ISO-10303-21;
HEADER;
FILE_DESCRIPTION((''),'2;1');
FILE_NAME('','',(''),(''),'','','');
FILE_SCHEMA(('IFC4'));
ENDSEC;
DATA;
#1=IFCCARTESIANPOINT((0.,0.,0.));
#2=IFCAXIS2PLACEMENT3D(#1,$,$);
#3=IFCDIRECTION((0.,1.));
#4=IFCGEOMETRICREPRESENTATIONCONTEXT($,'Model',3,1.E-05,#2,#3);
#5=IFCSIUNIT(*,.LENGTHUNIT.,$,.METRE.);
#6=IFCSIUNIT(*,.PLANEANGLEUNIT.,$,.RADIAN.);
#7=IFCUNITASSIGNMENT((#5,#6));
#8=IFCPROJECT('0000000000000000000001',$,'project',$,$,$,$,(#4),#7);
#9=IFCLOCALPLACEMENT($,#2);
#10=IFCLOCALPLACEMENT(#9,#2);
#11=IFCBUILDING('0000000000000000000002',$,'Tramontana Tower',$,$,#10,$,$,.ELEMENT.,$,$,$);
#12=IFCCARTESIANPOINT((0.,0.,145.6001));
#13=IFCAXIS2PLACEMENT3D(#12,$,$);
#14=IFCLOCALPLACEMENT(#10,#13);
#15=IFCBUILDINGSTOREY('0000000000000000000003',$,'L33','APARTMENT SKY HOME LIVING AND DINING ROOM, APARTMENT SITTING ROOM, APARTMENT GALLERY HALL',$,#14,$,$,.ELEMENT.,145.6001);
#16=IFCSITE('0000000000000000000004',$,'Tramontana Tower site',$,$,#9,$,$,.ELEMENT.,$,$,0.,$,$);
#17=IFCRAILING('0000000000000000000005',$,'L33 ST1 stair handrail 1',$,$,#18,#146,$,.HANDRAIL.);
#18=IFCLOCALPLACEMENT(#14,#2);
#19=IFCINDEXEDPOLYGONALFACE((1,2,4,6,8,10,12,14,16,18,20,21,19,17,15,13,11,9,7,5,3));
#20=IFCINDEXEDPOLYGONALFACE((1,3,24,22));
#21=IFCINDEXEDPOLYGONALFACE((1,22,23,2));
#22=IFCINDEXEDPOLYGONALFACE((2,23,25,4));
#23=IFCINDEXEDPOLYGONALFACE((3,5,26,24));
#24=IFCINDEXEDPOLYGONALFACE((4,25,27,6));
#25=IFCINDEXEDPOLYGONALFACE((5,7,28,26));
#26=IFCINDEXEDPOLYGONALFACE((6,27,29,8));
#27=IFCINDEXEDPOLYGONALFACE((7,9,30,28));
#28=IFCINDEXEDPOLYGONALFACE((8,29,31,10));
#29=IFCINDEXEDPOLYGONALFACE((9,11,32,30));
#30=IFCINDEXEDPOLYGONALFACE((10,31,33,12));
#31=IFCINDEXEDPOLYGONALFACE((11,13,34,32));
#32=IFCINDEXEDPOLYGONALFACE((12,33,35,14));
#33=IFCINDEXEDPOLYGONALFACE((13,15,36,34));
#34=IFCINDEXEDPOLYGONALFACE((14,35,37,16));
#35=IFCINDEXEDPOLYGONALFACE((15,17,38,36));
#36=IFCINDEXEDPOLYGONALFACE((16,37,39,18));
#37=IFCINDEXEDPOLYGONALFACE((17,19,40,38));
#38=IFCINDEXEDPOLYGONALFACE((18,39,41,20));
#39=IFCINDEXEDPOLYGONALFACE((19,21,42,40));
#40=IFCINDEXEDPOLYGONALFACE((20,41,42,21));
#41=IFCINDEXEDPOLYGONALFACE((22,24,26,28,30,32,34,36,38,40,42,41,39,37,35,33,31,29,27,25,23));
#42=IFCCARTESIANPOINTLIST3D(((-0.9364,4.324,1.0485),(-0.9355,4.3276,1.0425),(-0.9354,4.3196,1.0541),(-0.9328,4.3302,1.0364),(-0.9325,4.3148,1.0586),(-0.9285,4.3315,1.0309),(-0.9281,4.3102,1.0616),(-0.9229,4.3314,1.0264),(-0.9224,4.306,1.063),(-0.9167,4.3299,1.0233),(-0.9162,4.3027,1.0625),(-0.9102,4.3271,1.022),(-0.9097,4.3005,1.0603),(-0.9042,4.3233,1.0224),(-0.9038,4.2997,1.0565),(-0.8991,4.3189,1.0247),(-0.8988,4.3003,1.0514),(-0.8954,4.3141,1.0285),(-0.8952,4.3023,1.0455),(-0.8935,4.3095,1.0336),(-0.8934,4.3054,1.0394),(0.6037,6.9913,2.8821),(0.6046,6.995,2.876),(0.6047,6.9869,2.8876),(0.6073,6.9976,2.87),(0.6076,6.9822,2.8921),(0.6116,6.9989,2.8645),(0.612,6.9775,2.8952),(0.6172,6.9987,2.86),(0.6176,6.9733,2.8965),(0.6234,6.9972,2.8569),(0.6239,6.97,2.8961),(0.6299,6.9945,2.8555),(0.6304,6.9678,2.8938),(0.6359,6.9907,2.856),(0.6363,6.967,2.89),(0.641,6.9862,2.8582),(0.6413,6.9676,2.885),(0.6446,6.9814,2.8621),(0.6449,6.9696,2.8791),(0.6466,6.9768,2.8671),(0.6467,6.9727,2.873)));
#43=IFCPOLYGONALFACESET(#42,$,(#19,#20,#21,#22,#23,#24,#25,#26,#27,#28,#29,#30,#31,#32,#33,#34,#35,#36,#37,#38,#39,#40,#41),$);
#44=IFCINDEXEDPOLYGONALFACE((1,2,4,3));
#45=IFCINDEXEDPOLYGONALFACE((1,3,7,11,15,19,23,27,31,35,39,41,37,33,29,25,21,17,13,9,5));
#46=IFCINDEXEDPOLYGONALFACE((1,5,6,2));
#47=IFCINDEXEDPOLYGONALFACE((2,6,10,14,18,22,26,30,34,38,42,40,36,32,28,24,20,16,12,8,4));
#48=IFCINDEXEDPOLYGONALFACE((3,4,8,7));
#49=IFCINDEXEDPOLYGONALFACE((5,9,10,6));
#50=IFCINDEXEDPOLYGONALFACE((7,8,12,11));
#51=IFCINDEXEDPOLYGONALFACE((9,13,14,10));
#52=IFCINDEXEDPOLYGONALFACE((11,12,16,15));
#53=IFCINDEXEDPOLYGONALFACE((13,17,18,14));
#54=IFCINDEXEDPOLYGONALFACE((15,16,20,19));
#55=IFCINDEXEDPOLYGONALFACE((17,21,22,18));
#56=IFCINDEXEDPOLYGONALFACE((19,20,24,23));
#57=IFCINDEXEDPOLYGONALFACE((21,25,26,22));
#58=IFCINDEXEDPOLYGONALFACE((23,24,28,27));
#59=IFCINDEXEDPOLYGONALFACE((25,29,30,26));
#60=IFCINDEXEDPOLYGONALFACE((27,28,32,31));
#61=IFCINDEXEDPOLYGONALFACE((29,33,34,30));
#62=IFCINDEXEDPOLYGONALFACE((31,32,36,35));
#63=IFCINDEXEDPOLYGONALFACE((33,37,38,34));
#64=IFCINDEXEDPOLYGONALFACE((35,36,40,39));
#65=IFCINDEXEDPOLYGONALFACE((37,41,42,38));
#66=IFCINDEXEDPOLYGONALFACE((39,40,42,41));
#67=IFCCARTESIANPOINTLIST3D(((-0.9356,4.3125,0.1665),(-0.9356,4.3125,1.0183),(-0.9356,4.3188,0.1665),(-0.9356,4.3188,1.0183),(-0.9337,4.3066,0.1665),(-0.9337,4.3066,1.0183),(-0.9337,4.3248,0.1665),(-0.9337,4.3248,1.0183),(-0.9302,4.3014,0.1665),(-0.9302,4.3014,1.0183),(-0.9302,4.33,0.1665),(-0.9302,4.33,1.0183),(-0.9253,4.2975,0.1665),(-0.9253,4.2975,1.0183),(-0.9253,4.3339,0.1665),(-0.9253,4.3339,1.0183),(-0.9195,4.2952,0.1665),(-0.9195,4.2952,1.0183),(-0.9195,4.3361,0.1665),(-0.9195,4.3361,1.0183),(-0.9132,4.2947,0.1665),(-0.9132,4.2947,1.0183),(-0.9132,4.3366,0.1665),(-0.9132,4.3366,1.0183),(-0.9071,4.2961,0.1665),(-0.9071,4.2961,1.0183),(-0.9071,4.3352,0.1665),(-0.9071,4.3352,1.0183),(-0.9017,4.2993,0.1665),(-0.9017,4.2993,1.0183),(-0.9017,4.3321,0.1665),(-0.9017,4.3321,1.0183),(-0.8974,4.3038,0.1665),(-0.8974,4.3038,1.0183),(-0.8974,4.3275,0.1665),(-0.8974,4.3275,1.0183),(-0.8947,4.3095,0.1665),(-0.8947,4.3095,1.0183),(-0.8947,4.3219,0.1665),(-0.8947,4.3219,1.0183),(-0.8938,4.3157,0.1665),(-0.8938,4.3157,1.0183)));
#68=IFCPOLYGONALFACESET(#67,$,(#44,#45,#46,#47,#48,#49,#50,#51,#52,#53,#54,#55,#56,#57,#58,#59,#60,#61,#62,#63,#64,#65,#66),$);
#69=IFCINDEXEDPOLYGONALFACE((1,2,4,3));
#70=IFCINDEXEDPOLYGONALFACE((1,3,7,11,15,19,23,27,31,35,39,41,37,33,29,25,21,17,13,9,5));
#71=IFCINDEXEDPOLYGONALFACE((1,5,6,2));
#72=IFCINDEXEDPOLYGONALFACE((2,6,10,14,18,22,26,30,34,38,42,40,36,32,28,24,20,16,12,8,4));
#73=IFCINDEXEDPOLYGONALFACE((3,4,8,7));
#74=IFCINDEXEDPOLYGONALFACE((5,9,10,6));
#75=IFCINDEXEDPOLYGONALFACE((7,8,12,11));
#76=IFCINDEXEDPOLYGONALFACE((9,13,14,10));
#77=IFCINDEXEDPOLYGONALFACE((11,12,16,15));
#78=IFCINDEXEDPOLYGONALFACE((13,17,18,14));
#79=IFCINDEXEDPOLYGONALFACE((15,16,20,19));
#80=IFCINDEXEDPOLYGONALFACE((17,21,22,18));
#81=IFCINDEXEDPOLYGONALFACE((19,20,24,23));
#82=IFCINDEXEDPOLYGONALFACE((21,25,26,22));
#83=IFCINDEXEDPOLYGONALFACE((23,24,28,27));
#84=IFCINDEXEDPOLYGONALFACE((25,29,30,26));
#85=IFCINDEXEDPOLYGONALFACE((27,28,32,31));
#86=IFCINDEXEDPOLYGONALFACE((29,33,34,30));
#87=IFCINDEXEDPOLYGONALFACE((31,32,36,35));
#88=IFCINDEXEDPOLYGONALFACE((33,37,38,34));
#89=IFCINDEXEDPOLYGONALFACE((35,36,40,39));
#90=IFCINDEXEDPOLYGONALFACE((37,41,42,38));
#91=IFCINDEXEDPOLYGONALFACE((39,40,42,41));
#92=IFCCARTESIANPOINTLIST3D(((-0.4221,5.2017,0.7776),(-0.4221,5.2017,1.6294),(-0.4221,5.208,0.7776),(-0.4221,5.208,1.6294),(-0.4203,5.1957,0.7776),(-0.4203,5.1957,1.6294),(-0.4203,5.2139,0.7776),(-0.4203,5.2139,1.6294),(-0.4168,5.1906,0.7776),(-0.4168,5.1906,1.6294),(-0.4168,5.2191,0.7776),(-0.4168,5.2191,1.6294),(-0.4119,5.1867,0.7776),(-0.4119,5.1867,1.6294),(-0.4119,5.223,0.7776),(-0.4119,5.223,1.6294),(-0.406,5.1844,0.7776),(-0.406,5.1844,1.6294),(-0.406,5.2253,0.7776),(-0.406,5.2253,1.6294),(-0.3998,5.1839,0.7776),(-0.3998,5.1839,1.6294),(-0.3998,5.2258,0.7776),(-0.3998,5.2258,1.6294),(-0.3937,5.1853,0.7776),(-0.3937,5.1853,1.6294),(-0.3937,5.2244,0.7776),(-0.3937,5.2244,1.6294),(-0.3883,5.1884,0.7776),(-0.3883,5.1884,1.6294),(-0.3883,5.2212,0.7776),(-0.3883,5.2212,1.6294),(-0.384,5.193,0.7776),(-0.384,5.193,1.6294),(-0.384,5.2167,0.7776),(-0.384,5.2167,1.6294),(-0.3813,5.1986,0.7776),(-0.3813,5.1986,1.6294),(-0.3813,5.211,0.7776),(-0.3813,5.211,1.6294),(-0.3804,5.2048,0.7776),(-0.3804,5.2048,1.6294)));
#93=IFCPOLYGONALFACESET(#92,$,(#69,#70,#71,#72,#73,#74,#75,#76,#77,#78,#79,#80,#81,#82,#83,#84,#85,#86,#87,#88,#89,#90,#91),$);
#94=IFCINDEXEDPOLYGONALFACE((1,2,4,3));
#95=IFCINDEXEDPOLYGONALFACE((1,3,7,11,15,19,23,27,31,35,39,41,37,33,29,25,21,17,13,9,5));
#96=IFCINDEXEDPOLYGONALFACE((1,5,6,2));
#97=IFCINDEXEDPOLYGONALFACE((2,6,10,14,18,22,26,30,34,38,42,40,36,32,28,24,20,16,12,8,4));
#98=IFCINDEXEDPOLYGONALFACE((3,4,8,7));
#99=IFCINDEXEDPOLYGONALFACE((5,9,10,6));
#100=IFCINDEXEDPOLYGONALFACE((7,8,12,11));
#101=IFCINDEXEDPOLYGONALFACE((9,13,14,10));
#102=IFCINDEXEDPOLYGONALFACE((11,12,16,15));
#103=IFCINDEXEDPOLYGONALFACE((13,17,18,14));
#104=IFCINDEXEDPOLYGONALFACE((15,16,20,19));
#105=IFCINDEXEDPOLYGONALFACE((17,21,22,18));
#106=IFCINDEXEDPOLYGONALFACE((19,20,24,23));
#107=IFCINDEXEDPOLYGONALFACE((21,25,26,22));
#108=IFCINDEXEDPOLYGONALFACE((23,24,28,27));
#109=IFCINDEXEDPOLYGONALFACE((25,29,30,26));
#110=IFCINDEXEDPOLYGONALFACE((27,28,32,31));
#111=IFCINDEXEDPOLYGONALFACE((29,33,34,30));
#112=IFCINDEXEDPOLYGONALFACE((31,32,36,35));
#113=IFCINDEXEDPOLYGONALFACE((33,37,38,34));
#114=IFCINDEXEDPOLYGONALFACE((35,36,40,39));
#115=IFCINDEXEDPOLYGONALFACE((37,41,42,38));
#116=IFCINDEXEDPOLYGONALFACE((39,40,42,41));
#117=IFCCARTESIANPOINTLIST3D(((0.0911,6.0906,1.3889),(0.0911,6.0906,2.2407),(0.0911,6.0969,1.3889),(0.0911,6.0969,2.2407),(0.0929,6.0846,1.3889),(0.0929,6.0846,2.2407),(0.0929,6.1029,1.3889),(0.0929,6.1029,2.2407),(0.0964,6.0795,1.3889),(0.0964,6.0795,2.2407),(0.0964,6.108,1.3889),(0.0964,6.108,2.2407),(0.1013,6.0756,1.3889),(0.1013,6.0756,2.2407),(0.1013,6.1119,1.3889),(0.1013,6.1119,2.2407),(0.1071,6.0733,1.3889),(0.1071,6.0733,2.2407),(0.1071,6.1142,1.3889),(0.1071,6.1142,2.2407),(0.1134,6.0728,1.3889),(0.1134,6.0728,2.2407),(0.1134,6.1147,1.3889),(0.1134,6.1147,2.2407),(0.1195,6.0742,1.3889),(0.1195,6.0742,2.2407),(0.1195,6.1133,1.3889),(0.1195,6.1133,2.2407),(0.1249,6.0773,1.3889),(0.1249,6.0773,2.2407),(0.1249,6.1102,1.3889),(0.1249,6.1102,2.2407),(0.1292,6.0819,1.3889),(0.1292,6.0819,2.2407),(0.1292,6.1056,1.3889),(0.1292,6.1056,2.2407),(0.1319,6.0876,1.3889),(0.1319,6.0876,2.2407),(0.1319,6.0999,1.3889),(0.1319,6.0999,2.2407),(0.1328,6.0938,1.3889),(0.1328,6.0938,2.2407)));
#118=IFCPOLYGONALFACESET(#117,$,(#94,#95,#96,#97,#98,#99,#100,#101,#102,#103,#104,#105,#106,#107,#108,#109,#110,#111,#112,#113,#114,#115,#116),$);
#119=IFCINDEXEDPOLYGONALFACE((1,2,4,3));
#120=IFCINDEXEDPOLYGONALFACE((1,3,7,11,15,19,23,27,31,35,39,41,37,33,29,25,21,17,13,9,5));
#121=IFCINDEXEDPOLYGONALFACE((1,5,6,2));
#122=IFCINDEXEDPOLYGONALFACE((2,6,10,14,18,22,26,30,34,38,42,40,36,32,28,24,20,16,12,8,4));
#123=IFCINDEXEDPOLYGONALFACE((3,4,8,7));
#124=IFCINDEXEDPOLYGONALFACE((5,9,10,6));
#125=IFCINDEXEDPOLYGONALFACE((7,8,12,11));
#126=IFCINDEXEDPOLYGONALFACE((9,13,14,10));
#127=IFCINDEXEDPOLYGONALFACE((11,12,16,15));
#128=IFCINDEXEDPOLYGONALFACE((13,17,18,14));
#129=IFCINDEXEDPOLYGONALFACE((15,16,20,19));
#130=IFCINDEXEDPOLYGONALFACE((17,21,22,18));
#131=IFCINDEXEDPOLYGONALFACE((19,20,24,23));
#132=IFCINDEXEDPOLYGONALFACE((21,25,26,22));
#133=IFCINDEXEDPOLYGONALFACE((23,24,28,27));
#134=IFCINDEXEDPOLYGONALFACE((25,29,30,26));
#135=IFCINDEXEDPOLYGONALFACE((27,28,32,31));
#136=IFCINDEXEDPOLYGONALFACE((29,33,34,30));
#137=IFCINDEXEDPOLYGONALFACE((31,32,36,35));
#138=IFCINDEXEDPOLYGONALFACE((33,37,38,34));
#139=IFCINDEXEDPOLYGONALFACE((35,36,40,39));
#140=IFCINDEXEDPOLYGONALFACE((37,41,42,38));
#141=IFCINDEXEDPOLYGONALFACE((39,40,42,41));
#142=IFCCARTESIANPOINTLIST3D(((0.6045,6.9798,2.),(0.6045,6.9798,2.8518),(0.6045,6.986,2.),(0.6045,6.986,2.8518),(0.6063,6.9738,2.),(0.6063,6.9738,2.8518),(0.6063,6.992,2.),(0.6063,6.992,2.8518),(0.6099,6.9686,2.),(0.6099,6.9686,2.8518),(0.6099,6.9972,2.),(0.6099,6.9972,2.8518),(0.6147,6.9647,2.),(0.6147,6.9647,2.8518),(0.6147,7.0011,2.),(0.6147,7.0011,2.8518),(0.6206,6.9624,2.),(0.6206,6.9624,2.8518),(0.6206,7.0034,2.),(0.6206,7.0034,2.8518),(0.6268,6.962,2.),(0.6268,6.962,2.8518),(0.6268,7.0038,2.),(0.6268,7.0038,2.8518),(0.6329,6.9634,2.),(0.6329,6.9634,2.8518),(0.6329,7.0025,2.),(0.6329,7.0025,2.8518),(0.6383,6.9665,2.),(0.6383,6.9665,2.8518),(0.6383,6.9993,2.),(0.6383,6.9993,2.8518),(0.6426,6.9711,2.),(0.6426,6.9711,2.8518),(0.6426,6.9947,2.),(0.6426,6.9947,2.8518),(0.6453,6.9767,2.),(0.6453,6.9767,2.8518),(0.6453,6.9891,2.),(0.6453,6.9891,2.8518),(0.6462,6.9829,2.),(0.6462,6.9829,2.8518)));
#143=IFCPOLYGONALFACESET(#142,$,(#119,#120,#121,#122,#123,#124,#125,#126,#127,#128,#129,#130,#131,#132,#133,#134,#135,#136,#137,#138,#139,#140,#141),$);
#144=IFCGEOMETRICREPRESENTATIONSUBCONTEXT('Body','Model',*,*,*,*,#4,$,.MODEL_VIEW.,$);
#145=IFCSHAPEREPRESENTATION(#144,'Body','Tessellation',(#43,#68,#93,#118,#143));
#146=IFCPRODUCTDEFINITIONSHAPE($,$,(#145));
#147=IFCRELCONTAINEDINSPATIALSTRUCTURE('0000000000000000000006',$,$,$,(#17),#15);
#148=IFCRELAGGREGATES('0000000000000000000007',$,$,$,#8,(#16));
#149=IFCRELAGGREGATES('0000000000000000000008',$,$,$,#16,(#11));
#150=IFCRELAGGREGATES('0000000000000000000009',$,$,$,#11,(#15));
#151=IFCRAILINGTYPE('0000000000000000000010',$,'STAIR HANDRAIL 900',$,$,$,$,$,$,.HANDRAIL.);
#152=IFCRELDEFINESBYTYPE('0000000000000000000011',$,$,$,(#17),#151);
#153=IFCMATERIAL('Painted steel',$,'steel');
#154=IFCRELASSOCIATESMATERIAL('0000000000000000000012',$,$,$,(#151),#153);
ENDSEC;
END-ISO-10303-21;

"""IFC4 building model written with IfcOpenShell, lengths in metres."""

from ifc_helpers import new_model, si_unit, direction, frame, origin, origin_2d, place, context, subcontext, project, spatial, circle, extrude, material, type_object, element, save


model = new_model("IFC4")

# Units and contexts
model_context = context("Model", 3, precision=1e-05, world=origin(), true_north=direction((0.0, 1.0)))
body_context = subcontext(model_context, "Body", "Model", "MODEL_VIEW")
ifc_project = project(units=[si_unit("LENGTHUNIT", "METRE"), si_unit("PLANEANGLEUNIT", "RADIAN")], contexts=[model_context])

# Site, building, storey
site_placement = place(None, origin())
site = spatial("IfcSite", under=ifc_project, at=site_placement, Name="Tramontana Tower site", CompositionType="ELEMENT", RefElevation=0.0)
building_placement = place(site_placement, origin())
building = spatial("IfcBuilding", under=site, at=building_placement, Name="Tramontana Tower", CompositionType="ELEMENT")
storey_placement = place(building_placement, frame((0.0, 0.0, 145.6001)))
storey = spatial("IfcBuildingStorey", under=building, at=storey_placement, Name="L33", Description="APARTMENT SKY HOME LIVING AND DINING ROOM, APARTMENT SITTING ROOM, APARTMENT GALLERY HALL", CompositionType="ELEMENT", Elevation=145.6001)

# Railing
ifc_material_1 = material(Name="Painted steel", Category="steel")
railing_type_1 = type_object("IfcRailingType", Name="STAIR HANDRAIL 900", PredefinedType="HANDRAIL", material=ifc_material_1)
railing_1_placement = place(storey_placement, frame((-0.9148, 4.3157, 0.1665)))
element("IfcRailing", 1, at=railing_1_placement, inside=storey, type_object=railing_type_1, Name="L33 ST1 stair handrail 1", PredefinedType="HANDRAIL", context=body_context, shape_type="SweptSolid", body=[
    extrude(circle(Radius=0.0239, at=origin_2d()), frame((0.0, 0.0, 0.876), z_axis=(0.429656, 0.744134, 0.511528), x_axis=(-0.86601, 0.500027, 0.0)), (0.0, 0.0, 1.0), 3.5845),
    extrude(circle(Radius=0.021, at=origin_2d()), origin(), (0.0, 0.0, 1.0), 0.8518),
    extrude(circle(Radius=0.021, at=origin_2d()), frame((0.5134, 0.8892, 0.6111)), (0.0, 0.0, 1.0), 0.8518),
    extrude(circle(Radius=0.021, at=origin_2d()), frame((1.0266, 1.7781, 1.2224)), (0.0, 0.0, 1.0), 0.8518),
    extrude(circle(Radius=0.021, at=origin_2d()), frame((1.54, 2.6672, 1.8335)), (0.0, 0.0, 1.0), 0.8518),
])

save(model, "model.ifc")
